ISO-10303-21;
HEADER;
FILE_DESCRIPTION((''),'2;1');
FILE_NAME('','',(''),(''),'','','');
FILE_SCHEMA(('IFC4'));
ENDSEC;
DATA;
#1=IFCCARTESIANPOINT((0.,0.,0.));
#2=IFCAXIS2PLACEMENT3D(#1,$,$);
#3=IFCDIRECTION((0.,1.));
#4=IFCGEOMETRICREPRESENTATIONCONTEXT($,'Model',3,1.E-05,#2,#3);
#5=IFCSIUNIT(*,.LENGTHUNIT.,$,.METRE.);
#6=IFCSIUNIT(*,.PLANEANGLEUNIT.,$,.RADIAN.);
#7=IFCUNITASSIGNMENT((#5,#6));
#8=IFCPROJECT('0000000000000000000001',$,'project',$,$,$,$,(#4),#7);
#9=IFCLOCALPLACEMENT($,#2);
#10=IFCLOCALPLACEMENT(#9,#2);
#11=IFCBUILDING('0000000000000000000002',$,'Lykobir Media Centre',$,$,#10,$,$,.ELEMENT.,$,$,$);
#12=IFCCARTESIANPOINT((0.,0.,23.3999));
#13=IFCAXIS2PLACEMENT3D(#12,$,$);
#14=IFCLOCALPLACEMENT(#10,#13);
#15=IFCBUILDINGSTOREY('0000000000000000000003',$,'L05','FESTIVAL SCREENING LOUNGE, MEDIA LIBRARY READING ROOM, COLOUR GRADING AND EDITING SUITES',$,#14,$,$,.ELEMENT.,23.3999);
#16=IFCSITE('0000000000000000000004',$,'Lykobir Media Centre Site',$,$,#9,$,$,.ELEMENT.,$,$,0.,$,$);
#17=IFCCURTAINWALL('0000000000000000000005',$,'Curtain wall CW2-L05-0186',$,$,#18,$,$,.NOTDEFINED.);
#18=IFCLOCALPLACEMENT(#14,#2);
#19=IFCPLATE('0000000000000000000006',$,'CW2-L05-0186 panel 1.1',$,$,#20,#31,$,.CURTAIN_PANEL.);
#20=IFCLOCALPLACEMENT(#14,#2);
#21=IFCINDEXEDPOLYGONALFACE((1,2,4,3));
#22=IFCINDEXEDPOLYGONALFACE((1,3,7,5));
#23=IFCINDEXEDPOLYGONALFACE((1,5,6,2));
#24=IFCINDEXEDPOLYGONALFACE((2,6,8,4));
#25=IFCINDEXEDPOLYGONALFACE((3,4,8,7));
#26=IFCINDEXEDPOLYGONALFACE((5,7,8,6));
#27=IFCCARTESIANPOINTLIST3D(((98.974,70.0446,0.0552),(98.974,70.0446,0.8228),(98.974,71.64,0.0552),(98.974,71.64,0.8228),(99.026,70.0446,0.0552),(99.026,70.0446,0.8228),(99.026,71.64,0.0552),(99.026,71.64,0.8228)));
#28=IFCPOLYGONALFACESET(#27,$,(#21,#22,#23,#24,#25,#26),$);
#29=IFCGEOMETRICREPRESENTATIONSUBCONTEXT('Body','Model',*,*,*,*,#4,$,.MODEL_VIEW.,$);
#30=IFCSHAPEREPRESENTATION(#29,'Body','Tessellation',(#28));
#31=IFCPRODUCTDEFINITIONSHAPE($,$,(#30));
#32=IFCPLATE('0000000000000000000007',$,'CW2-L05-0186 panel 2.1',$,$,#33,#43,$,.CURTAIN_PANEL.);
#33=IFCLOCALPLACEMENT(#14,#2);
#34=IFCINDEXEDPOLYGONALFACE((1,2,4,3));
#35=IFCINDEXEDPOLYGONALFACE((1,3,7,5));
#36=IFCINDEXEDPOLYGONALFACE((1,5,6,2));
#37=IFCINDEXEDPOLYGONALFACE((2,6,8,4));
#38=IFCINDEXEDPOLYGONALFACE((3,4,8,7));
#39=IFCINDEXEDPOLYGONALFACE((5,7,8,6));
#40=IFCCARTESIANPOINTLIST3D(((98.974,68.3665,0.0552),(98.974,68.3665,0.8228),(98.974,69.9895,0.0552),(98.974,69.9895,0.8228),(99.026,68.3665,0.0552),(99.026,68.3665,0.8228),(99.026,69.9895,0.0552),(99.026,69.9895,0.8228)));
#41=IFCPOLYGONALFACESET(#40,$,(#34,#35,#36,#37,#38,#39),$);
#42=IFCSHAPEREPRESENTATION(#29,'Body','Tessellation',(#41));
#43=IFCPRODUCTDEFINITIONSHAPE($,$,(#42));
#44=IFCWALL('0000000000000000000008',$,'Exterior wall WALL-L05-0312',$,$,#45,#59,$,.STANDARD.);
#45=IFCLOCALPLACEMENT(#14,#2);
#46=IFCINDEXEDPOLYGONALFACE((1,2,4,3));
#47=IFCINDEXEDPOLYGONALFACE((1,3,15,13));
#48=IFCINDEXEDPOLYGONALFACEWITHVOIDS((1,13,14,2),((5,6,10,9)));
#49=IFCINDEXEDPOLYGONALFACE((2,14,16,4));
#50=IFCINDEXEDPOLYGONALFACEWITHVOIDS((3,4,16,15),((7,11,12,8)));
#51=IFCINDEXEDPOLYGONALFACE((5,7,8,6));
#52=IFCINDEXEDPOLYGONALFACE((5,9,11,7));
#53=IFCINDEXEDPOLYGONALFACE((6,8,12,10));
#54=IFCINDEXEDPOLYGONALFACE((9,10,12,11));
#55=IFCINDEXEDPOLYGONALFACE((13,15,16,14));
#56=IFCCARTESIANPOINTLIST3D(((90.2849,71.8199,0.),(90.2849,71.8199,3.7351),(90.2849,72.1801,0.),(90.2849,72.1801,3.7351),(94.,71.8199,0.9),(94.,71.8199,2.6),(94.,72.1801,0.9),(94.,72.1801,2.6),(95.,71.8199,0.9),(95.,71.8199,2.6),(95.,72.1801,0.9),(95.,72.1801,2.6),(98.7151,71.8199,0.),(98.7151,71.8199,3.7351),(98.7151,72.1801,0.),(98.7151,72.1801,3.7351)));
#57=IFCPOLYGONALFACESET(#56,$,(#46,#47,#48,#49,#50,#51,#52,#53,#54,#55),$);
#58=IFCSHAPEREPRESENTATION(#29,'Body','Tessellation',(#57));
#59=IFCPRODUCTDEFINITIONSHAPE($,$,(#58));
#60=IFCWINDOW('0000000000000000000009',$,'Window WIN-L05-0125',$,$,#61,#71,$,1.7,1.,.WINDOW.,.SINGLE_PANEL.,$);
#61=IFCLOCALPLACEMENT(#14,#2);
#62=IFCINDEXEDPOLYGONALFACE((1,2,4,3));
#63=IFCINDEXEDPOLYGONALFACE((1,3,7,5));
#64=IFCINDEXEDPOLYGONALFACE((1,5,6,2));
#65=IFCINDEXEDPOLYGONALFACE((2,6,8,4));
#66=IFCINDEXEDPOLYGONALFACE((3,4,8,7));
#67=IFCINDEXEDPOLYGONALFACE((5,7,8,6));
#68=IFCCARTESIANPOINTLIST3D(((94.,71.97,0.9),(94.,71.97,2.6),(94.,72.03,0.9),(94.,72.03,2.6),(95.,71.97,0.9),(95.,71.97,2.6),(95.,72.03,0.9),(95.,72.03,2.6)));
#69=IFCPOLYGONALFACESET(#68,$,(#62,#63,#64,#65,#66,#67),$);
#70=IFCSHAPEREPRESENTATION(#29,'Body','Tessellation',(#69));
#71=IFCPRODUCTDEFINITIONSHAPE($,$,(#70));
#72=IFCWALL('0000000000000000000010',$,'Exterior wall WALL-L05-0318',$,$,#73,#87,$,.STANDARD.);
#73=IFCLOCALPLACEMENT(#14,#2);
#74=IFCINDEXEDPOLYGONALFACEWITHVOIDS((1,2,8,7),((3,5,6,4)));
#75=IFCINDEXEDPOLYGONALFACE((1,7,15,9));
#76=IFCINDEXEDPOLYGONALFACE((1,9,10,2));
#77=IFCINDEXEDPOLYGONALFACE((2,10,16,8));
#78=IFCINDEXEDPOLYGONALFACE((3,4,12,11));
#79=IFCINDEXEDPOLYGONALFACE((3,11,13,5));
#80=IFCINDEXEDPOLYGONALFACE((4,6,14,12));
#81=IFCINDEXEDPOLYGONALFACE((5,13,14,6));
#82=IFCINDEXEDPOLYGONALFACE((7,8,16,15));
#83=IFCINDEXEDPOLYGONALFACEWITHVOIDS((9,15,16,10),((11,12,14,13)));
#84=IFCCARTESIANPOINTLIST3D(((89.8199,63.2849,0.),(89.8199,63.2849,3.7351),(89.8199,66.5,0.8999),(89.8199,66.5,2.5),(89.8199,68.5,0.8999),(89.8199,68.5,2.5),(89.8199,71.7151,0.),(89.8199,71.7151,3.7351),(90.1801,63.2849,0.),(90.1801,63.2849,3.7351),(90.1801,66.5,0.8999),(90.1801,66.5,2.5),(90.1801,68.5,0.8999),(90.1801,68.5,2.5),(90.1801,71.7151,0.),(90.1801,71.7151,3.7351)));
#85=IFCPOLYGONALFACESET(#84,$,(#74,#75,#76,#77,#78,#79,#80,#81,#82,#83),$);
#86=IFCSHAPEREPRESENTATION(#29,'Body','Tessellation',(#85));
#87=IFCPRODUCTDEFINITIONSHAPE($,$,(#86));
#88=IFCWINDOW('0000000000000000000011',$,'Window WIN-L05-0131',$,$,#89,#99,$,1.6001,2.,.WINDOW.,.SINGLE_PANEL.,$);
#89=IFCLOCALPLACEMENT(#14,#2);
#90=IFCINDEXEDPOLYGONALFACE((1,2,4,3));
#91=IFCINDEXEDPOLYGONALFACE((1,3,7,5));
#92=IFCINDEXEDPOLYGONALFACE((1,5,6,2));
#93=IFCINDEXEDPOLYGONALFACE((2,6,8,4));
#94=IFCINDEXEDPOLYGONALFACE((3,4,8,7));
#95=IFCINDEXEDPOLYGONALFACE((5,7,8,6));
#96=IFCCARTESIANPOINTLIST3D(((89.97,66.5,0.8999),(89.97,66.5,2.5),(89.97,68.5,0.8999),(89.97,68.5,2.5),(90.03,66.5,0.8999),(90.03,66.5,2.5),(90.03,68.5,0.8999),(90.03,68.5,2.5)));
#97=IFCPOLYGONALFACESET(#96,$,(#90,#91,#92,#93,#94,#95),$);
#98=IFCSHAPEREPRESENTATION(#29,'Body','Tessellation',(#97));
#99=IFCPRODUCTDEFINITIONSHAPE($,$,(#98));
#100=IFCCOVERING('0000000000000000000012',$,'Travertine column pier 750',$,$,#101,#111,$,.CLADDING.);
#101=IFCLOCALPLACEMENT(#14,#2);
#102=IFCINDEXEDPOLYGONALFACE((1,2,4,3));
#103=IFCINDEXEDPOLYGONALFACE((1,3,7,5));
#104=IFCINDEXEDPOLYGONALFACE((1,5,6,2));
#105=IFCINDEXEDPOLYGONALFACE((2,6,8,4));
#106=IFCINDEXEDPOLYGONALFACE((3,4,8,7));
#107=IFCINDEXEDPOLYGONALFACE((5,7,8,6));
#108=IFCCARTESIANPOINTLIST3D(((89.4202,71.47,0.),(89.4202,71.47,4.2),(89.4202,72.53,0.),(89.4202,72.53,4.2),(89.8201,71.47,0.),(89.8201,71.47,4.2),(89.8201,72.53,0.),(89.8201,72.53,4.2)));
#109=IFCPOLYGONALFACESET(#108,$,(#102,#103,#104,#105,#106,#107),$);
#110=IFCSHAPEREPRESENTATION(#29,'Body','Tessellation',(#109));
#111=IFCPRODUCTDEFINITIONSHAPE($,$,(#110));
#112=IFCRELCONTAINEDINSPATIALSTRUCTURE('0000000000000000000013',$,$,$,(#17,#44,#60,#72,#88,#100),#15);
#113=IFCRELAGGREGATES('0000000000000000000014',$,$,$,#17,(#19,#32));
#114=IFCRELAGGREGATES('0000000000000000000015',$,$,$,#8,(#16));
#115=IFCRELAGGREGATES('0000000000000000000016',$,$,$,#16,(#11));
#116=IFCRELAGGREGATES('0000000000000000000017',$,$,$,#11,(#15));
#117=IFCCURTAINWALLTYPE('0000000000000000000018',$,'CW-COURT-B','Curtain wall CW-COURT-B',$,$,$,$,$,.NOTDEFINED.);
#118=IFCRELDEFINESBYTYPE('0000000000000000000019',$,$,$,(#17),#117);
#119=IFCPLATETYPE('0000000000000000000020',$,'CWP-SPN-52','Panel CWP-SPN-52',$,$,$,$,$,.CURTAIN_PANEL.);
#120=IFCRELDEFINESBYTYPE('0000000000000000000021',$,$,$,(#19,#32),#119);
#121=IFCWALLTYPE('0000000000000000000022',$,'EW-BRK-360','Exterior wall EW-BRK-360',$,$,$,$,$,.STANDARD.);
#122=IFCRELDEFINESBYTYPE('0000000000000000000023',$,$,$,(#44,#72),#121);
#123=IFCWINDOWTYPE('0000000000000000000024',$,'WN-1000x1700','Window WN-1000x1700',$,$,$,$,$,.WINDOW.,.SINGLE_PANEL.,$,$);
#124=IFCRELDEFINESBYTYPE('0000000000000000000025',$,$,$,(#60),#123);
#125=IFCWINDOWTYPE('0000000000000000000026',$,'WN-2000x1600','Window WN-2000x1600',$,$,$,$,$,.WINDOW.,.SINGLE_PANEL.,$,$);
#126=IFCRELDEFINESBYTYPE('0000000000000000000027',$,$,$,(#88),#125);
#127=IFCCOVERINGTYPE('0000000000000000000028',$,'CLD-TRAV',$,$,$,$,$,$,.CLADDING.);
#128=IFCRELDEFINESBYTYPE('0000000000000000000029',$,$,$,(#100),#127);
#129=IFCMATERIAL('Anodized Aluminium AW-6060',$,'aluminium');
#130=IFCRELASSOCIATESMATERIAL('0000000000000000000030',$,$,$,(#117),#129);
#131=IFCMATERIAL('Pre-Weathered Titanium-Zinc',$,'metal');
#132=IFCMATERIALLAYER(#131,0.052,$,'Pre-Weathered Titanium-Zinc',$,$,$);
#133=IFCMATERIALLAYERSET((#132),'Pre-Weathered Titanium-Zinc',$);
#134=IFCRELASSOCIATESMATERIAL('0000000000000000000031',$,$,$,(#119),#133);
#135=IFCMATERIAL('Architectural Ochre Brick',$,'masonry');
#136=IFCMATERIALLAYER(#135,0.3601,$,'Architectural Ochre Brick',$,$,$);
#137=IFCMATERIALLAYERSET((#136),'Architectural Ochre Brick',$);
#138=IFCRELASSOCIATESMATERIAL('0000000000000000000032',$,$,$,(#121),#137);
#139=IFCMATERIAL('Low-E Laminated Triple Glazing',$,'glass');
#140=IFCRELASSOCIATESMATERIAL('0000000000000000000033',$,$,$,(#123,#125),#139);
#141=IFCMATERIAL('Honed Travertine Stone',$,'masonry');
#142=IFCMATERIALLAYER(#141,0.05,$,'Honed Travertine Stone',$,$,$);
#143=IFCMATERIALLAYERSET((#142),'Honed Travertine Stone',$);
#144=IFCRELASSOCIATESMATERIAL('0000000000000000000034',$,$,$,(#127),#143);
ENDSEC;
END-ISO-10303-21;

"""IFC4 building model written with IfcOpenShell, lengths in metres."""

from ifc_helpers import new_model, si_unit, direction, frame, frame_2d, origin, origin_2d, place, context, subcontext, project, spatial, rectangle, extrude, material, layer, layer_set, type_object, element, fill, aggregate, save


model = new_model("IFC4")

# Units and contexts
model_context = context("Model", 3, precision=1e-05, world=origin(), true_north=direction((0.0, 1.0)))
body_context = subcontext(model_context, "Body", "Model", "MODEL_VIEW")
ifc_project = project(units=[si_unit("LENGTHUNIT", "METRE"), si_unit("PLANEANGLEUNIT", "RADIAN")], contexts=[model_context])

# Site, building, storey
site_placement = place(None, origin())
site = spatial("IfcSite", under=ifc_project, at=site_placement, Name="Lykobir Media Centre Site", CompositionType="ELEMENT", RefElevation=0.0)
building_placement = place(site_placement, origin())
building = spatial("IfcBuilding", under=site, at=building_placement, Name="Lykobir Media Centre", CompositionType="ELEMENT")
storey_placement = place(building_placement, frame((0.0, 0.0, 23.3999)))
storey = spatial("IfcBuildingStorey", under=building, at=storey_placement, Name="L05", Description="FESTIVAL SCREENING LOUNGE, MEDIA LIBRARY READING ROOM, COLOUR GRADING AND EDITING SUITES", CompositionType="ELEMENT", Elevation=23.3999)

# Curtain wall
ifc_material_1 = material(Name="Anodized Aluminium AW-6060", Category="aluminium")
curtain_wall_type = type_object("IfcCurtainWallType", Name="CW-COURT-B", Description="Curtain wall CW-COURT-B", PredefinedType="NOTDEFINED", material=ifc_material_1)
curtain_wall_placement = place(storey_placement, origin())
curtain_wall = element("IfcCurtainWall", 1, at=curtain_wall_placement, inside=storey, type_object=curtain_wall_type, Name="Curtain wall CW2-L05-0186", PredefinedType="NOTDEFINED")

# Plates
ifc_material_2 = material(Name="Low-E Laminated Triple Glazing", Category="glass")
ifc_material_3 = material(Name="Pre-Weathered Titanium-Zinc", Category="metal")
ifc_layer_1 = layer(ifc_material_3, 0.052, Name="Pre-Weathered Titanium-Zinc")
ifc_layer_set_1 = layer_set([ifc_layer_1], Name="Pre-Weathered Titanium-Zinc")
plate_type_1 = type_object("IfcPlateType", Name="CWP-SPN-52", Description="Panel CWP-SPN-52", PredefinedType="CURTAIN_PANEL", material=ifc_layer_set_1)
plate_1_placement = place(storey_placement, frame((99.0, 70.8423, 0.0552), z_axis=(0.0, 0.0, 1.0), x_axis=(0.0, -1.0, 0.0)))
plate_1 = element("IfcPlate", 2, at=plate_1_placement, type_object=plate_type_1, Name="CW2-L05-0186 panel 1.1", PredefinedType="CURTAIN_PANEL", context=body_context, shape_type="SweptSolid", body=[
    extrude(rectangle(XDim=1.5955, YDim=0.052, at=origin_2d()), origin(), (0.0, 0.0, 1.0), 0.7676),
])
plate_2_placement = place(storey_placement, frame((99.0, 69.178, 0.0552), z_axis=(0.0, 0.0, 1.0), x_axis=(0.0, -1.0, 0.0)))
plate_2 = element("IfcPlate", 3, at=plate_2_placement, type_object=plate_type_1, Name="CW2-L05-0186 panel 2.1", PredefinedType="CURTAIN_PANEL", context=body_context, shape_type="SweptSolid", body=[
    extrude(rectangle(XDim=1.623, YDim=0.052, at=origin_2d()), origin(), (0.0, 0.0, 1.0), 0.7676),
])
aggregate(curtain_wall, [plate_1, plate_2])

# Walls, openings, windows
ifc_material_4 = material(Name="Architectural Ochre Brick", Category="masonry")
ifc_layer_2 = layer(ifc_material_4, 0.3601, Name="Architectural Ochre Brick")
ifc_layer_set_2 = layer_set([ifc_layer_2], Name="Architectural Ochre Brick")
wall_type = type_object("IfcWallType", Name="EW-BRK-360", Description="Exterior wall EW-BRK-360", PredefinedType="STANDARD", material=ifc_layer_set_2)
wall_1_placement = place(storey_placement, frame((98.7151, 72.0, 0.0), z_axis=(0.0, 0.0, 1.0), x_axis=(-1.0, 0.0, 0.0)))
wall_1 = element("IfcWall", 4, at=wall_1_placement, inside=storey, type_object=wall_type, Name="Exterior wall WALL-L05-0312", PredefinedType="STANDARD", context=body_context, shape_type="SweptSolid", body=[
    extrude(rectangle(XDim=8.4302, YDim=0.3601, at=frame_2d((4.2151, 0.0))), origin(), (0.0, 0.0, 1.0), 3.7351),
])
opening_1_placement = place(wall_1_placement, frame((3.7151, 0.0, 0.8999)))
opening_1 = element("IfcOpeningElement", 5, at=opening_1_placement, cuts=wall_1, PredefinedType="OPENING", context=body_context, shape_type="SweptSolid", body=[
    extrude(rectangle(XDim=1.0, YDim=1.7, at=frame_2d((0.5, 0.8501))), frame((0.0, 0.1899, 0.0), z_axis=(0.0, -1.0, 0.0), x_axis=(1.0, 0.0, 0.0)), (0.0, 0.0, 1.0), 0.3801),
])
window_type_1 = type_object("IfcWindowType", Name="WN-1000x1700", Description="Window WN-1000x1700", PartitioningType="SINGLE_PANEL", PredefinedType="WINDOW", material=ifc_material_2)
window_1_placement = place(opening_1_placement, origin())
window_1 = element("IfcWindow", 6, at=window_1_placement, inside=storey, type_object=window_type_1, Name="Window WIN-L05-0125", OverallHeight=1.7, OverallWidth=1.0, PartitioningType="SINGLE_PANEL", PredefinedType="WINDOW", context=body_context, shape_type="SweptSolid", body=[
    extrude(rectangle(XDim=1.0, YDim=1.7, at=frame_2d((0.5, 0.8501))), frame((0.0, 0.03, 0.0), z_axis=(0.0, -1.0, 0.0), x_axis=(1.0, 0.0, 0.0)), (0.0, 0.0, 1.0), 0.0601),
])
fill(opening_1, window_1)
wall_2_placement = place(storey_placement, frame((90.0, 71.7151, 0.0), z_axis=(0.0, 0.0, 1.0), x_axis=(0.0, -1.0, 0.0)))
wall_2 = element("IfcWall", 7, at=wall_2_placement, inside=storey, type_object=wall_type, Name="Exterior wall WALL-L05-0318", PredefinedType="STANDARD", context=body_context, shape_type="SweptSolid", body=[
    extrude(rectangle(XDim=8.4302, YDim=0.3601, at=frame_2d((4.2151, 0.0))), origin(), (0.0, 0.0, 1.0), 3.7351),
])
opening_2_placement = place(wall_2_placement, frame((3.2151, 0.0, 0.8999)))
opening_2 = element("IfcOpeningElement", 8, at=opening_2_placement, cuts=wall_2, PredefinedType="OPENING", context=body_context, shape_type="SweptSolid", body=[
    extrude(rectangle(XDim=2.0, YDim=1.6001, at=frame_2d((1.0, 0.8))), frame((0.0, 0.1899, 0.0), z_axis=(0.0, -1.0, 0.0), x_axis=(1.0, 0.0, 0.0)), (0.0, 0.0, 1.0), 0.3801),
])
window_type_2 = type_object("IfcWindowType", Name="WN-2000x1600", Description="Window WN-2000x1600", PartitioningType="SINGLE_PANEL", PredefinedType="WINDOW", material=ifc_material_2)
window_2_placement = place(opening_2_placement, origin())
window_2 = element("IfcWindow", 9, at=window_2_placement, inside=storey, type_object=window_type_2, Name="Window WIN-L05-0131", OverallHeight=1.6001, OverallWidth=2.0, PartitioningType="SINGLE_PANEL", PredefinedType="WINDOW", context=body_context, shape_type="SweptSolid", body=[
    extrude(rectangle(XDim=2.0, YDim=1.6001, at=frame_2d((1.0, 0.8))), frame((0.0, 0.03, 0.0), z_axis=(0.0, -1.0, 0.0), x_axis=(1.0, 0.0, 0.0)), (0.0, 0.0, 1.0), 0.0601),
])
fill(opening_2, window_2)

# Covering
ifc_material_5 = material(Name="Honed Travertine Stone", Category="masonry")
ifc_layer_3 = layer(ifc_material_5, 0.05, Name="Honed Travertine Stone")
ifc_layer_set_3 = layer_set([ifc_layer_3], Name="Honed Travertine Stone")
covering_type = type_object("IfcCoveringType", Name="CLD-TRAV", PredefinedType="CLADDING", material=ifc_layer_set_3)
covering_placement = place(storey_placement, frame((89.6201, 72.0, 0.0), z_axis=(0.0, 0.0, 1.0), x_axis=(0.0, -1.0, 0.0)))
element("IfcCovering", 10, at=covering_placement, inside=storey, type_object=covering_type, Name="Travertine column pier 750", PredefinedType="CLADDING", context=body_context, shape_type="SweptSolid", body=[
    extrude(rectangle(XDim=1.0601, YDim=0.3999, at=origin_2d()), origin(), (0.0, 0.0, 1.0), 4.2),
])

save(model, "model.ifc")
